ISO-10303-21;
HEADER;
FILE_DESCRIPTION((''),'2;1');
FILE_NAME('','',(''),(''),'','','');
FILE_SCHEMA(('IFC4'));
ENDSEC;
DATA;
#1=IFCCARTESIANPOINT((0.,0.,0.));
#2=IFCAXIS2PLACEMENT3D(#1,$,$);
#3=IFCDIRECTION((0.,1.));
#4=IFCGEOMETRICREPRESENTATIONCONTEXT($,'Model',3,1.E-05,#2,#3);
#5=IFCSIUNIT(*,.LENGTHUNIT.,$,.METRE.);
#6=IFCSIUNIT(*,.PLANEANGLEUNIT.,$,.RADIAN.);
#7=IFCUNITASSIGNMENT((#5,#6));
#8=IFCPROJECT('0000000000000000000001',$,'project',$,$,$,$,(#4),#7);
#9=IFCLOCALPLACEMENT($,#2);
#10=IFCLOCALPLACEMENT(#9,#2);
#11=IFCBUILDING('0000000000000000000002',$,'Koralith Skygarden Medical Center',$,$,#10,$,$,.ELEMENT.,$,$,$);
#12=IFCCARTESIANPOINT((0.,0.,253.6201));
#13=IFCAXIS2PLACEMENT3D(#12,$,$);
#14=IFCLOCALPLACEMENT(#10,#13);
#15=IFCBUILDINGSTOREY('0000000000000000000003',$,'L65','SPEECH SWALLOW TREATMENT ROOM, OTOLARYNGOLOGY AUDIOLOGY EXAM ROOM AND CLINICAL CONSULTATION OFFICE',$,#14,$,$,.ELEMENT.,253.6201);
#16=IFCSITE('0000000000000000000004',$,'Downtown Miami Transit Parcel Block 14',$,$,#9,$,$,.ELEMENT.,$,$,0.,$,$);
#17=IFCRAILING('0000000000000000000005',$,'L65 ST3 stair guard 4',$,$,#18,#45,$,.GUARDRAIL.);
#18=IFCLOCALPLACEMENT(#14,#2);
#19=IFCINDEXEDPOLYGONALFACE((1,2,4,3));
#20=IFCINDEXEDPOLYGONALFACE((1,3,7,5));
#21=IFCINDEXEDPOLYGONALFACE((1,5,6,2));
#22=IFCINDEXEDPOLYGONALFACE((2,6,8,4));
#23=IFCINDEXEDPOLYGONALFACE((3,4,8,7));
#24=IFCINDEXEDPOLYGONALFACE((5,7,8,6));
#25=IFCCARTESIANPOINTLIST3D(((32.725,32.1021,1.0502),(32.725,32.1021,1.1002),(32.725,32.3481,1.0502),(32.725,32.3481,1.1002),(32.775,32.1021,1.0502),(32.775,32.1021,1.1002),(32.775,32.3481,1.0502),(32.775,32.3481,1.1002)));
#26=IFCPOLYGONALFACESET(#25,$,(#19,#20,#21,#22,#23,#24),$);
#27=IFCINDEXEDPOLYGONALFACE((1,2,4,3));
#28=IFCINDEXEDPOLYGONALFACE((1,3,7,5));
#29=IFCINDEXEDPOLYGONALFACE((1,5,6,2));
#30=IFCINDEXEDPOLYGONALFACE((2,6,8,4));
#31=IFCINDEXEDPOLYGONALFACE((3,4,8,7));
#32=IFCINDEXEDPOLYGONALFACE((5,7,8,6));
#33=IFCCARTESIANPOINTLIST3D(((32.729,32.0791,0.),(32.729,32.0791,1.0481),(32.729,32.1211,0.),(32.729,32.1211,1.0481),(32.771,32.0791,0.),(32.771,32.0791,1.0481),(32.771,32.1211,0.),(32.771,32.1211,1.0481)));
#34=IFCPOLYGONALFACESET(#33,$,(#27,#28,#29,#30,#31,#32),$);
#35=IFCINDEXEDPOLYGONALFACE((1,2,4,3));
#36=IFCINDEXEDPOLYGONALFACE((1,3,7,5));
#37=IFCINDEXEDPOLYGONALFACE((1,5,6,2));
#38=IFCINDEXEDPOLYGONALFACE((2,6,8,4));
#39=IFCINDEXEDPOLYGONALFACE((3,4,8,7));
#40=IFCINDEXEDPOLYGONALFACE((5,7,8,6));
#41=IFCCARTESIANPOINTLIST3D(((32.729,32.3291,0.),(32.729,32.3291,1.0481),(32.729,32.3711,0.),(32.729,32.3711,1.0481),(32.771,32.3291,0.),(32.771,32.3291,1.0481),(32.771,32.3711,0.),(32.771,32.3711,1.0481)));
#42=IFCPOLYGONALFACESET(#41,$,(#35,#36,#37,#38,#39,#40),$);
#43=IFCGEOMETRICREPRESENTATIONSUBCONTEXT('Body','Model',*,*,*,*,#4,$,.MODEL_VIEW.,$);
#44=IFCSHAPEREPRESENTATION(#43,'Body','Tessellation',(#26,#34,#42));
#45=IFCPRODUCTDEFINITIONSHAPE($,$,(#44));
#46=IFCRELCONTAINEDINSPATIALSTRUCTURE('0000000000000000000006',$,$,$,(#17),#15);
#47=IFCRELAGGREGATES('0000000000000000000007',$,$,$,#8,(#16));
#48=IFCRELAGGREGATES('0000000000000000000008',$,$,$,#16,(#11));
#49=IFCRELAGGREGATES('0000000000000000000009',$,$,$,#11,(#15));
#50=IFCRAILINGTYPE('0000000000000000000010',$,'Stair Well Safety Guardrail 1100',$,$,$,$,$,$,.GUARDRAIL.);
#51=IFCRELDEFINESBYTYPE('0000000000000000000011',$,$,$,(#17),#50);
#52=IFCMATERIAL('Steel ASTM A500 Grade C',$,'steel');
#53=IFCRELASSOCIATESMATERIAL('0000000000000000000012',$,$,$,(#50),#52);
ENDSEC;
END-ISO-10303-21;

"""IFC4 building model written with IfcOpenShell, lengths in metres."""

from ifc_helpers import new_model, si_unit, direction, frame, origin, origin_2d, place, context, subcontext, project, spatial, rectangle, extrude, material, type_object, element, save


model = new_model("IFC4")

# Units and contexts
model_context = context("Model", 3, precision=1e-05, world=origin(), true_north=direction((0.0, 1.0)))
body_context = subcontext(model_context, "Body", "Model", "MODEL_VIEW")
ifc_project = project(units=[si_unit("LENGTHUNIT", "METRE"), si_unit("PLANEANGLEUNIT", "RADIAN")], contexts=[model_context])

# Site, building, storey
site_placement = place(None, origin())
site = spatial("IfcSite", under=ifc_project, at=site_placement, Name="Downtown Miami Transit Parcel Block 14", CompositionType="ELEMENT", RefElevation=0.0)
building_placement = place(site_placement, origin())
building = spatial("IfcBuilding", under=site, at=building_placement, Name="Koralith Skygarden Medical Center", CompositionType="ELEMENT")
storey_placement = place(building_placement, frame((0.0, 0.0, 253.6201)))
storey = spatial("IfcBuildingStorey", under=building, at=storey_placement, Name="L65", Description="SPEECH SWALLOW TREATMENT ROOM, OTOLARYNGOLOGY AUDIOLOGY EXAM ROOM AND CLINICAL CONSULTATION OFFICE", CompositionType="ELEMENT", Elevation=253.6201)

# Railing
ifc_material_1 = material(Name="Steel ASTM A500 Grade C", Category="steel")
railing_type_1 = type_object("IfcRailingType", Name="Stair Well Safety Guardrail 1100", PredefinedType="GUARDRAIL", material=ifc_material_1)
railing_1_placement = place(storey_placement, frame((32.75, 32.1001, 0.0)))
element("IfcRailing", 1, at=railing_1_placement, inside=storey, type_object=railing_type_1, Name="L65 ST3 stair guard 4", PredefinedType="GUARDRAIL", context=body_context, shape_type="SweptSolid", body=[
    extrude(rectangle(XDim=0.05, YDim=0.05, at=origin_2d()), frame((0.0, 0.002, 1.0752), z_axis=(0.0, 1.0, 0.0), x_axis=(-1.0, 0.0, 0.0)), (0.0, 0.0, 1.0), 0.2461),
    extrude(rectangle(XDim=0.042, YDim=0.042, at=origin_2d()), origin(), (0.0, 0.0, 1.0), 1.0481),
    extrude(rectangle(XDim=0.042, YDim=0.042, at=origin_2d()), frame((0.0, 0.25, 0.0)), (0.0, 0.0, 1.0), 1.0481),
])

save(model, "model.ifc")
